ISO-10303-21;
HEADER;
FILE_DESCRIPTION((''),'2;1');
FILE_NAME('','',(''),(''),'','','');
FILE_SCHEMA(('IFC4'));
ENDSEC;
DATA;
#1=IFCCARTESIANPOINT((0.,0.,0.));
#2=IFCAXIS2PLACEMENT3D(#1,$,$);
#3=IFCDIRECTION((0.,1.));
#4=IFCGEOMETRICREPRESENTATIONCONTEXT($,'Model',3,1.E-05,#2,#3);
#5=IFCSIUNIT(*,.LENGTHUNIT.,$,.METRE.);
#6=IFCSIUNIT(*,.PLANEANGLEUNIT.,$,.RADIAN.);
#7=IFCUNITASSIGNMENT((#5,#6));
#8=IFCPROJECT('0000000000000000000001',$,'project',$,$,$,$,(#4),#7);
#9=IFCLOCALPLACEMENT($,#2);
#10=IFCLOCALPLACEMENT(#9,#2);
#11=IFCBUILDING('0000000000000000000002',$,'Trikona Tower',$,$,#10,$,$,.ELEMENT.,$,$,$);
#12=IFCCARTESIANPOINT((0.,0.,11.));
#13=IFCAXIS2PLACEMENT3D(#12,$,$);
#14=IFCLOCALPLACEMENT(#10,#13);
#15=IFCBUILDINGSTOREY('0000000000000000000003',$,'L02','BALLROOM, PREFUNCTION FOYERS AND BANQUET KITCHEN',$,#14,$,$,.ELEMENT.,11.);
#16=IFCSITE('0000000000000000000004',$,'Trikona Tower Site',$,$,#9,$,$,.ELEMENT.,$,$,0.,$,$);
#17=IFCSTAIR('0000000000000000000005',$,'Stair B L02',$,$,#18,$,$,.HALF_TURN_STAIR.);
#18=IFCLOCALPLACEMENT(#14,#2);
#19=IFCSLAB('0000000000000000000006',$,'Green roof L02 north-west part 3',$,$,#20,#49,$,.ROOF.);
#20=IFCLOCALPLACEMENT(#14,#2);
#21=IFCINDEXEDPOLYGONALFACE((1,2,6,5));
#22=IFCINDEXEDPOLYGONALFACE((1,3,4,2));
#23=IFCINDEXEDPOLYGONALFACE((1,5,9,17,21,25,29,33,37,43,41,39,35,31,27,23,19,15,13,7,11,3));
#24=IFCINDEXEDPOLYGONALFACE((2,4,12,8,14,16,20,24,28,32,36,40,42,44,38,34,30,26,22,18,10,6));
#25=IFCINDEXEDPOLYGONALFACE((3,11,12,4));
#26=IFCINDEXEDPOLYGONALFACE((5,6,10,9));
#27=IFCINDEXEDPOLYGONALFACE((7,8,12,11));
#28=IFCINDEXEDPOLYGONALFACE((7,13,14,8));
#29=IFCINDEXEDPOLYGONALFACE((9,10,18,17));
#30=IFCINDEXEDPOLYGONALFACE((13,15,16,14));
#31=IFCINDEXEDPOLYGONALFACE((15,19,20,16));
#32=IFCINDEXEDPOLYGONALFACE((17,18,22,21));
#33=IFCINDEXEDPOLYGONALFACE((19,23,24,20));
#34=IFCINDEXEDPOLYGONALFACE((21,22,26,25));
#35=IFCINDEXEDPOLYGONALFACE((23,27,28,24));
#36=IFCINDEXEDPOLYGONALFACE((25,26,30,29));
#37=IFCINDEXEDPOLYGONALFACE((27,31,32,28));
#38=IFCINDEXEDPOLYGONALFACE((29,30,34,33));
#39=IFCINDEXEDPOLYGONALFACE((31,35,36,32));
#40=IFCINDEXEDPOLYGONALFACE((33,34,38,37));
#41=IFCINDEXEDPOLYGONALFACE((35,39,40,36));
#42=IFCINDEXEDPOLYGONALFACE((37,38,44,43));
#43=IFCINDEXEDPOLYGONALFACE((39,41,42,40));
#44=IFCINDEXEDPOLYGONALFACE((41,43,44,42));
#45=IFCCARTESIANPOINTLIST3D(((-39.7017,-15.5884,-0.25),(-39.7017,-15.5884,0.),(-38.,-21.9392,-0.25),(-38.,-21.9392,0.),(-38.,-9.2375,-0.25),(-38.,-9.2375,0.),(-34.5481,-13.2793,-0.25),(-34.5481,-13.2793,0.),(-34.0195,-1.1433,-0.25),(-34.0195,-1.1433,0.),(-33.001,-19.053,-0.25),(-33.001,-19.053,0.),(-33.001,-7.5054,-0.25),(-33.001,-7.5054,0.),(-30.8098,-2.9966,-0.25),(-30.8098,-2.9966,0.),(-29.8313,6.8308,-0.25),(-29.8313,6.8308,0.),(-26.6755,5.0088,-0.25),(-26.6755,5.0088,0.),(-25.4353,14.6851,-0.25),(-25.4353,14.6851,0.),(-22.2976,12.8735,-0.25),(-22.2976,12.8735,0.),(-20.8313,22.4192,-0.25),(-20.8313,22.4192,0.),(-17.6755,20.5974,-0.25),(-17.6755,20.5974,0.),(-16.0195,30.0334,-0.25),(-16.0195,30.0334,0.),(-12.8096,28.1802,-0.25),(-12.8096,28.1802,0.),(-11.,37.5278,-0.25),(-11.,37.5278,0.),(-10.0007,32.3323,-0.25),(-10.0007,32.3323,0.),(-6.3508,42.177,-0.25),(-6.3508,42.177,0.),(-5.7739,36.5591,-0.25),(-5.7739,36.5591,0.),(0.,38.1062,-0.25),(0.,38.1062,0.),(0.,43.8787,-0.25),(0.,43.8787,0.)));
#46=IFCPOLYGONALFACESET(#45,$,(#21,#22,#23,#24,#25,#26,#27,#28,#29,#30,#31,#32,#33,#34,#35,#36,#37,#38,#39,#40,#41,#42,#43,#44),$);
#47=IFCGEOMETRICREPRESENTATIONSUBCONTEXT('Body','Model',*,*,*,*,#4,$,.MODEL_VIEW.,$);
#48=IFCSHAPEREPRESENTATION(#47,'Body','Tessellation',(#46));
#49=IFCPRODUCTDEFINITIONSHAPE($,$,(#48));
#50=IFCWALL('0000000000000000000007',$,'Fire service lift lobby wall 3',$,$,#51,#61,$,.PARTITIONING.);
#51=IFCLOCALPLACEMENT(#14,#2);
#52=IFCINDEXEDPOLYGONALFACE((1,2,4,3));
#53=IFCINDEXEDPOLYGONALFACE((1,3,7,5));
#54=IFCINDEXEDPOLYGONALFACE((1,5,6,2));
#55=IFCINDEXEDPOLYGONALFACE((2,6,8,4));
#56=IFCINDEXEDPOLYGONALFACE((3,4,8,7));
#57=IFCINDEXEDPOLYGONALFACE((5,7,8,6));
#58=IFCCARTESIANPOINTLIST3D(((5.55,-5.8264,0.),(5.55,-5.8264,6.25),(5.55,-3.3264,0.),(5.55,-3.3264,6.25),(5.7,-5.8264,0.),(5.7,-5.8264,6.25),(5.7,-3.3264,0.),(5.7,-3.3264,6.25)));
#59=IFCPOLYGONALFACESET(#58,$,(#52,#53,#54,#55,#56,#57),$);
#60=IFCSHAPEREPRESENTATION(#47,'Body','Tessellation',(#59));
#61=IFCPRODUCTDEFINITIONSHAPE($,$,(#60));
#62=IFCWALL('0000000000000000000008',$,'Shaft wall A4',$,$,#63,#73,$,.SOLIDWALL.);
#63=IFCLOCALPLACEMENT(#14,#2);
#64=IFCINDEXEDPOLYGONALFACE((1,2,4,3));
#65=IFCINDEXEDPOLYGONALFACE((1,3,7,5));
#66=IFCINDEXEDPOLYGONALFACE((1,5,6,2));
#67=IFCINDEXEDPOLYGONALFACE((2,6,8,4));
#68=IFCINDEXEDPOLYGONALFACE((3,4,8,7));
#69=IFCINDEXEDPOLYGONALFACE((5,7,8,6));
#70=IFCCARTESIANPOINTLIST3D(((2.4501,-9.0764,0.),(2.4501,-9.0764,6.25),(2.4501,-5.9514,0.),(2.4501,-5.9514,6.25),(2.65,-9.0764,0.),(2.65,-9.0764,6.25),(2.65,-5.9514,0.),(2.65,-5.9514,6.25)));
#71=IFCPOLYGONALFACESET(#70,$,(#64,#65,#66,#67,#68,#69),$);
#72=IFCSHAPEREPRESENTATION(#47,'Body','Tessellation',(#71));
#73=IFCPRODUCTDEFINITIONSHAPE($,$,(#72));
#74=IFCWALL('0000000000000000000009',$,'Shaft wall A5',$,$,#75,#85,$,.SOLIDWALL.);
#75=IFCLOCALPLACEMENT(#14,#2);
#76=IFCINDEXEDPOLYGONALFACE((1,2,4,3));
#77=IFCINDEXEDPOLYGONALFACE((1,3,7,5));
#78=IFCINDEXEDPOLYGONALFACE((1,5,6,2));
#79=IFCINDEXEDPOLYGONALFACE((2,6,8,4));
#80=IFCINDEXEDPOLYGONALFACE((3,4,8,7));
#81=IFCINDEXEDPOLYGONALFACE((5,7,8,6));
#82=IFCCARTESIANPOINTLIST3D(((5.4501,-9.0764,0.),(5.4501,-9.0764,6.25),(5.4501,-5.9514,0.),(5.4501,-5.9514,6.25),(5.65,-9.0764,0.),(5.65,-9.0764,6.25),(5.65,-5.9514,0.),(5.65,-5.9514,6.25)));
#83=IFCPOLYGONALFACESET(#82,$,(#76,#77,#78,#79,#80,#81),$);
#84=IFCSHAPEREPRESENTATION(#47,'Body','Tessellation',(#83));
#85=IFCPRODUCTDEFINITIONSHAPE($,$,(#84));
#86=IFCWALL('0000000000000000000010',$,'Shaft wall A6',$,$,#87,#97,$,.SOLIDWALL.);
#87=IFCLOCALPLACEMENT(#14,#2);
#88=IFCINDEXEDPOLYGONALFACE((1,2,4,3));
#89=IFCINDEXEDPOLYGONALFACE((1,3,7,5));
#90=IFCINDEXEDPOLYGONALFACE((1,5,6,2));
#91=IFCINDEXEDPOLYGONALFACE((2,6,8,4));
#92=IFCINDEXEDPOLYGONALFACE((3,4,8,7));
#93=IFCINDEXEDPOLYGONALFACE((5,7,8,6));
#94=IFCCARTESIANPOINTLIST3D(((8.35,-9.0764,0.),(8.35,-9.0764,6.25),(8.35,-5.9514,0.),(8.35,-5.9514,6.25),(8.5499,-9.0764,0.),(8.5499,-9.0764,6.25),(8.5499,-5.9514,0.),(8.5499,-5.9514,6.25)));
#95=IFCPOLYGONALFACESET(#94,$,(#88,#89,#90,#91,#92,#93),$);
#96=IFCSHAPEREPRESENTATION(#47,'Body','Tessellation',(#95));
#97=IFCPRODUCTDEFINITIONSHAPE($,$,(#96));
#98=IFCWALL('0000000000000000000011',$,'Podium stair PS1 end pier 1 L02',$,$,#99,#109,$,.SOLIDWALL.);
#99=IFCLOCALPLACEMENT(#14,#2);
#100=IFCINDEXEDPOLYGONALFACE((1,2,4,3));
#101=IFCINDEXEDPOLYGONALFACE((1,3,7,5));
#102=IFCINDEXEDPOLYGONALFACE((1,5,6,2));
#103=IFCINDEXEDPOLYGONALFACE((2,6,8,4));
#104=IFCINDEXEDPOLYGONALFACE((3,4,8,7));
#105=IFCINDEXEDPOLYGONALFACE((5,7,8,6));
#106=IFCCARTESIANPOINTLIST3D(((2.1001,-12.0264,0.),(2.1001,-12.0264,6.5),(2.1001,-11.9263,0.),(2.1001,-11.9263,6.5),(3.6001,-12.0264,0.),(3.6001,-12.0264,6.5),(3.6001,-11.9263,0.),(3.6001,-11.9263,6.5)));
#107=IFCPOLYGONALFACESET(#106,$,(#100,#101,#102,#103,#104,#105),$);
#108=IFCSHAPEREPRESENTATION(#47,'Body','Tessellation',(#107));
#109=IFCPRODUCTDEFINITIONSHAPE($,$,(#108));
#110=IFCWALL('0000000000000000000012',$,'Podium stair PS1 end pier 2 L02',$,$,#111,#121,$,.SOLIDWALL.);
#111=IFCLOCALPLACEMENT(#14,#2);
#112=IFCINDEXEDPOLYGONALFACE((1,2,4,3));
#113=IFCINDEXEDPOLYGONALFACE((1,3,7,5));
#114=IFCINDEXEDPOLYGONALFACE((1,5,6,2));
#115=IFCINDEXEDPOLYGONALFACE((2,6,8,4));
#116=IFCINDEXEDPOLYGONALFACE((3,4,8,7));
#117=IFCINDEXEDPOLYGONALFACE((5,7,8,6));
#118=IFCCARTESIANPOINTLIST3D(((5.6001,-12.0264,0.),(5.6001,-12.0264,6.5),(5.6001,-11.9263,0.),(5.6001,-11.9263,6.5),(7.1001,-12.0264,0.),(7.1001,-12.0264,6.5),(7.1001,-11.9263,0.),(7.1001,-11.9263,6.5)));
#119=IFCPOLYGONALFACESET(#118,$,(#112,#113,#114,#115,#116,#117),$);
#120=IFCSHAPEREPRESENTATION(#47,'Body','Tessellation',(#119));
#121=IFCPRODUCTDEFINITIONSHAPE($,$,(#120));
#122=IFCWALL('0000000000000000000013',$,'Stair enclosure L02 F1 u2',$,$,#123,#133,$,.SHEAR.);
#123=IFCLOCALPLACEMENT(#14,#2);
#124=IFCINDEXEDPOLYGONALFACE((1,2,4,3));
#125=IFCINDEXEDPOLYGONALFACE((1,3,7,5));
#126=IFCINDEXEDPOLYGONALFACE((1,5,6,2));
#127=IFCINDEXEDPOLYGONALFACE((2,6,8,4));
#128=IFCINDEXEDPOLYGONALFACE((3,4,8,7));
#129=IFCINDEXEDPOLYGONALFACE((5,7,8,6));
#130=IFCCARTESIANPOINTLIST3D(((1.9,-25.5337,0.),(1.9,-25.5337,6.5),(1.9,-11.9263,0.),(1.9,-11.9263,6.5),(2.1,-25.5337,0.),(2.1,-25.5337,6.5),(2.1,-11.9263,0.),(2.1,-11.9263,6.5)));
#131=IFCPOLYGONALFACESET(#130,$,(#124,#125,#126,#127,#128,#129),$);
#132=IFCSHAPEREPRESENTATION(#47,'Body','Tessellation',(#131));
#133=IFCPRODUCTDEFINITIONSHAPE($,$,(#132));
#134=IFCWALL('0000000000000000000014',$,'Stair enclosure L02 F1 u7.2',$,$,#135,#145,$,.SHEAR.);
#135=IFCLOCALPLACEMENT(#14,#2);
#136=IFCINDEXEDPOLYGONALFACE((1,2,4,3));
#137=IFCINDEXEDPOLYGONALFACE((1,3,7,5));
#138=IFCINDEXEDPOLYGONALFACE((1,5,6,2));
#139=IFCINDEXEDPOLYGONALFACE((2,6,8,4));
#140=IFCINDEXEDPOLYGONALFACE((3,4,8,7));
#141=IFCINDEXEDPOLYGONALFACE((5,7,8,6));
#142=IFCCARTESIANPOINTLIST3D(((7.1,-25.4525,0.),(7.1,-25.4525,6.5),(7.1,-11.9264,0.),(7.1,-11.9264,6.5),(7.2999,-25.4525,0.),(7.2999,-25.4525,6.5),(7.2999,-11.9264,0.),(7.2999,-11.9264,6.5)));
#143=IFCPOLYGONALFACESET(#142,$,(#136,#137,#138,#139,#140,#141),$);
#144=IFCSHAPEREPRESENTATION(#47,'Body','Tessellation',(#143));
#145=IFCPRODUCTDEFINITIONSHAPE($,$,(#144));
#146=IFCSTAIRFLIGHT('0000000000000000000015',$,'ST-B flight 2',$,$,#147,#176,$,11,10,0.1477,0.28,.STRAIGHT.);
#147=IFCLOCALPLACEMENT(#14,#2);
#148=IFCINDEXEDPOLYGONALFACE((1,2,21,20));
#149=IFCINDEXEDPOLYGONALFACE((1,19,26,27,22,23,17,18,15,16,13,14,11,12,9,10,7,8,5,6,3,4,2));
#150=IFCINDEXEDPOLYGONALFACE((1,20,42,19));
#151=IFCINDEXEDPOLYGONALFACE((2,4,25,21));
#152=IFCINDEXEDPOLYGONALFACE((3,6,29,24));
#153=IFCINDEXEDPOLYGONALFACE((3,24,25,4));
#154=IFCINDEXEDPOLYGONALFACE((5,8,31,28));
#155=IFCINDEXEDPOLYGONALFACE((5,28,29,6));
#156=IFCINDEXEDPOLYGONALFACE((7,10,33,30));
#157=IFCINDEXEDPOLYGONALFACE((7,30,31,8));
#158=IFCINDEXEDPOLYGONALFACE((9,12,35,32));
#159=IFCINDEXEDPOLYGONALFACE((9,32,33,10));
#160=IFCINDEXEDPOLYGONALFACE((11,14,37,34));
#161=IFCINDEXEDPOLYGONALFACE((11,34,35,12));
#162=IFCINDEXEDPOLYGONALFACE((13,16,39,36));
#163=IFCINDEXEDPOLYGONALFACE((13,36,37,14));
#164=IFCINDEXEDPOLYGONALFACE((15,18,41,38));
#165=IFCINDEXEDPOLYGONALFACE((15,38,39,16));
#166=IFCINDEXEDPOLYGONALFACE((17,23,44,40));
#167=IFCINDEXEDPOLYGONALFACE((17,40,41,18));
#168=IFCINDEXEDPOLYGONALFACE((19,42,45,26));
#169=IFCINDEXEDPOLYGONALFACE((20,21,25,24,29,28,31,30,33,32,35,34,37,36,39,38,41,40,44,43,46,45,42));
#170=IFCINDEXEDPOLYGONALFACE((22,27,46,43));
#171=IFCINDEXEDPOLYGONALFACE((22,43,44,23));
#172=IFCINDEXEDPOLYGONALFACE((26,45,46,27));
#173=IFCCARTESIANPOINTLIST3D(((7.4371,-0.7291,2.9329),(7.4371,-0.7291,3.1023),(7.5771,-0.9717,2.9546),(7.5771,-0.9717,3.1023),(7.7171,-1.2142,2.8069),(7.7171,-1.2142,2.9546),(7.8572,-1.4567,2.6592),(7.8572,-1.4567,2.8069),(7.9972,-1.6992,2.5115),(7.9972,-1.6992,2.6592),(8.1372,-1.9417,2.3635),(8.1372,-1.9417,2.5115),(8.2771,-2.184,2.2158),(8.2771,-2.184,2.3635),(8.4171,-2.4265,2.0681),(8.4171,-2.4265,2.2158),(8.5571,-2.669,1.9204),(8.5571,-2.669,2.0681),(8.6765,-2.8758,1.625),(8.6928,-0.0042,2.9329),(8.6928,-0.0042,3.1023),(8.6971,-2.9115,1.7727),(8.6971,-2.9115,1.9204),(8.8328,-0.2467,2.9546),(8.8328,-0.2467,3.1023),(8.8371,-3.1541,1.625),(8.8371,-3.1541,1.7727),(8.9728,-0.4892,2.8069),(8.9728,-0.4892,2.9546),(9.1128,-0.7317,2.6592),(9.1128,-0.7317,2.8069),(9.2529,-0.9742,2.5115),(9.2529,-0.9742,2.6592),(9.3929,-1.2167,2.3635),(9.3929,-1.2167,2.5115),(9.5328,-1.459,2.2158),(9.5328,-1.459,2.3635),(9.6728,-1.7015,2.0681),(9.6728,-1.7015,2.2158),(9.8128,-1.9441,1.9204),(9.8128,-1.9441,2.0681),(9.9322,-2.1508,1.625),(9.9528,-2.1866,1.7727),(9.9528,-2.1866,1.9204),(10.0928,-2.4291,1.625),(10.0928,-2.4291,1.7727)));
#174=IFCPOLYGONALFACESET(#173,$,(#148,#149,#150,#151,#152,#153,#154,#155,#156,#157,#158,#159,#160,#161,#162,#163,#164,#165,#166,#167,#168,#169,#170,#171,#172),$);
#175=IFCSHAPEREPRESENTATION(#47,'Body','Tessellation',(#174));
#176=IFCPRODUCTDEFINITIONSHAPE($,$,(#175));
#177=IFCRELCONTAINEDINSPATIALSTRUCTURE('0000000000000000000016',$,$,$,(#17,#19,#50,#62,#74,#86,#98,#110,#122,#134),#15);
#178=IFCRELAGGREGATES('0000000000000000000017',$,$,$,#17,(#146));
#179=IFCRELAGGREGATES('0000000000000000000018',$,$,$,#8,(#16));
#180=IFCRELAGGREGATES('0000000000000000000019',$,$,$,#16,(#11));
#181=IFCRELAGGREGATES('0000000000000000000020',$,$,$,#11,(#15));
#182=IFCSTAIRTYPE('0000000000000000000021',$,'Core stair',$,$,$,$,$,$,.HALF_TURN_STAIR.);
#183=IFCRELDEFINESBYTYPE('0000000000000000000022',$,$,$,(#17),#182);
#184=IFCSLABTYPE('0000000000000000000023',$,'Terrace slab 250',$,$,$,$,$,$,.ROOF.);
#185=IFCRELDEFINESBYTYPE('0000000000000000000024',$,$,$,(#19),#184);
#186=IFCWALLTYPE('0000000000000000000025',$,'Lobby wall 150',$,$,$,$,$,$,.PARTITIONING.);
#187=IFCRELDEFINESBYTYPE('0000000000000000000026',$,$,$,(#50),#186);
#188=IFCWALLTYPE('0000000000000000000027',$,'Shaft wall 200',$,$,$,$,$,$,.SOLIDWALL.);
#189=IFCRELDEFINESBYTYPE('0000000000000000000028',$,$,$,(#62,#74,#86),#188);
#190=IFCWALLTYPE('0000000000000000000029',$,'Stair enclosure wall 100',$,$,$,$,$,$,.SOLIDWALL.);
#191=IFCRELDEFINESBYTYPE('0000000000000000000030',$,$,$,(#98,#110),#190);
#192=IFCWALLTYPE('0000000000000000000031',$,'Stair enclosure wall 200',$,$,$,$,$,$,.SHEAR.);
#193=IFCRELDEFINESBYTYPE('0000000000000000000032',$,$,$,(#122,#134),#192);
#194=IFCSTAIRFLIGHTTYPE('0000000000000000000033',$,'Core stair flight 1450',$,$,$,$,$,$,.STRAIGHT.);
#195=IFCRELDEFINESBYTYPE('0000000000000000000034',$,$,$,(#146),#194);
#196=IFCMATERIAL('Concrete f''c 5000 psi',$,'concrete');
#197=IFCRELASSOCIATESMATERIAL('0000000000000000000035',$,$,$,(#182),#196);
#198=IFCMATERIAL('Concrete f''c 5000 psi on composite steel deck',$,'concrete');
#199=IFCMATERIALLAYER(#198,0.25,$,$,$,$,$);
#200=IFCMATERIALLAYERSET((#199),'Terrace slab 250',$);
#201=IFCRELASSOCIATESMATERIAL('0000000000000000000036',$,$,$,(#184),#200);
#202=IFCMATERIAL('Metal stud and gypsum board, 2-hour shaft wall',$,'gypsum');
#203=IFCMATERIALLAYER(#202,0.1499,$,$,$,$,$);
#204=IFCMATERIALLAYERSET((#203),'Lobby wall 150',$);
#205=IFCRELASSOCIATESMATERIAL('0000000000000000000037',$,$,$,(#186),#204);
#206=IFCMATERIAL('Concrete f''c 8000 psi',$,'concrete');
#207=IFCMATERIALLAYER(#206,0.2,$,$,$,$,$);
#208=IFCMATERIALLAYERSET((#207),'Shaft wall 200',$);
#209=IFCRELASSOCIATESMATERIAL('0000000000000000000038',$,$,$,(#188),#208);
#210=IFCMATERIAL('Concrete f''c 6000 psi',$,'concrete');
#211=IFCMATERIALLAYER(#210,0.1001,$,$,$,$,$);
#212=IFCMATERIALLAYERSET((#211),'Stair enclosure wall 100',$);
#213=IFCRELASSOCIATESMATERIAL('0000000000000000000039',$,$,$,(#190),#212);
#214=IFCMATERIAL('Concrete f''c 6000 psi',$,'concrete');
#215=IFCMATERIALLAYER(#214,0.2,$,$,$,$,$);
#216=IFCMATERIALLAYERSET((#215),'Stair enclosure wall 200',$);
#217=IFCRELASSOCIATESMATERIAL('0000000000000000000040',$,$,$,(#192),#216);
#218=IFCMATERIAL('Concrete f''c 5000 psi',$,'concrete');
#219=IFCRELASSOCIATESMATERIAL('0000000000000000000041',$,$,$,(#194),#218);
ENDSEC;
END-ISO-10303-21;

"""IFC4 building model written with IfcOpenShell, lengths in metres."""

from ifc_helpers import new_model, si_unit, direction, frame, frame_2d, origin, place, context, subcontext, project, spatial, polyline, rectangle, outline, extrude, material, layer, layer_set, type_object, element, aggregate, save


model = new_model("IFC4")

# Units and contexts
model_context = context("Model", 3, precision=1e-05, world=origin(), true_north=direction((0.0, 1.0)))
body_context = subcontext(model_context, "Body", "Model", "MODEL_VIEW")
ifc_project = project(units=[si_unit("LENGTHUNIT", "METRE"), si_unit("PLANEANGLEUNIT", "RADIAN")], contexts=[model_context])

# Site, building, storey
site_placement = place(None, origin())
site = spatial("IfcSite", under=ifc_project, at=site_placement, Name="Trikona Tower Site", CompositionType="ELEMENT", RefElevation=0.0)
building_placement = place(site_placement, origin())
building = spatial("IfcBuilding", under=site, at=building_placement, Name="Trikona Tower", CompositionType="ELEMENT")
storey_placement = place(building_placement, frame((0.0, 0.0, 11.0)))
storey = spatial("IfcBuildingStorey", under=building, at=storey_placement, Name="L02", Description="BALLROOM, PREFUNCTION FOYERS AND BANQUET KITCHEN", CompositionType="ELEMENT", Elevation=11.0)

# Stair
ifc_material_1 = material(Name="Concrete f'c 5000 psi", Category="concrete")
stair_type_1 = type_object("IfcStairType", Name="Core stair", PredefinedType="HALF_TURN_STAIR", material=ifc_material_1)
stair_1_placement = place(storey_placement, origin())
stair_1 = element("IfcStair", 1, at=stair_1_placement, inside=storey, type_object=stair_type_1, Name="Stair B L02", PredefinedType="HALF_TURN_STAIR")

# Slab
ifc_material_2 = material(Name="Concrete f'c 5000 psi on composite steel deck", Category="concrete")
ifc_layer_1 = layer(ifc_material_2, 0.25)
ifc_layer_set_1 = layer_set([ifc_layer_1], Name="Terrace slab 250")
slab_type_1 = type_object("IfcSlabType", Name="Terrace slab 250", PredefinedType="ROOF", material=ifc_layer_set_1)
slab_1_placement = place(storey_placement, frame((0.0, 0.0, -0.25)))
element("IfcSlab", 2, at=slab_1_placement, inside=storey, type_object=slab_type_1, Name="Green roof L02 north-west part 3", PredefinedType="ROOF", context=body_context, shape_type="SweptSolid", body=[
    extrude(outline(polyline([(-38.0, -21.9392), (-33.001, -19.053), (-34.5481, -13.2793), (-33.001, -7.5054), (-30.8098, -2.9966), (-26.6755, 5.0088), (-22.2976, 12.8735), (-17.6755, 20.5974), (-12.8096, 28.1802), (-10.0007, 32.3323), (-5.7739, 36.5591), (0.0, 38.1062), (0.0, 43.8787), (-6.3508, 42.177), (-11.0, 37.5278), (-16.0195, 30.0334), (-20.8313, 22.4192), (-25.4353, 14.6851), (-29.8313, 6.8308), (-34.0195, -1.1433), (-38.0, -9.2375), (-39.7017, -15.5884), (-38.0, -21.9392)])), origin(), (0.0, 0.0, 1.0), 0.25),
])

# Walls
ifc_material_3 = material(Name="Metal stud and gypsum board, 2-hour shaft wall", Category="gypsum")
ifc_layer_2 = layer(ifc_material_3, 0.1499)
ifc_layer_set_2 = layer_set([ifc_layer_2], Name="Lobby wall 150")
wall_type_1 = type_object("IfcWallType", Name="Lobby wall 150", PredefinedType="PARTITIONING", material=ifc_layer_set_2)
wall_1_placement = place(storey_placement, frame((5.625, -5.8264, 0.0), z_axis=(0.0, 0.0, 1.0), x_axis=(0.0, 1.0, 0.0)))
element("IfcWall", 3, at=wall_1_placement, inside=storey, type_object=wall_type_1, Name="Fire service lift lobby wall 3", PredefinedType="PARTITIONING", context=body_context, shape_type="SweptSolid", body=[
    extrude(rectangle(XDim=2.5, YDim=0.1499, at=frame_2d((1.25, 0.0))), origin(), (0.0, 0.0, 1.0), 6.25),
])
ifc_material_4 = material(Name="Concrete f'c 8000 psi", Category="concrete")
ifc_layer_3 = layer(ifc_material_4, 0.2)
ifc_layer_set_3 = layer_set([ifc_layer_3], Name="Shaft wall 200")
wall_type_2 = type_object("IfcWallType", Name="Shaft wall 200", PredefinedType="SOLIDWALL", material=ifc_layer_set_3)
for number, where, z_axis, x_axis, name in (
    (4, (2.55, -5.9514, 0.0), (0.0, 0.0, 1.0), (0.0, -1.0, 0.0), "Shaft wall A4"),
    (5, (5.55, -5.9514, 0.0), (0.0, 0.0, 1.0), (0.0, -1.0, 0.0), "Shaft wall A5"),
    (6, (8.45, -5.9514, 0.0), (0.0, 0.0, 1.0), (0.0, -1.0, 0.0), "Shaft wall A6"),
):
    element("IfcWall", number, at=place(storey_placement, frame(where, z_axis=z_axis, x_axis=x_axis)), inside=storey, type_object=wall_type_2, Name=name, PredefinedType="SOLIDWALL", context=body_context, shape_type="SweptSolid", body=[
        extrude(rectangle(XDim=3.125, YDim=0.2, at=frame_2d((1.5625, 0.0))), origin(), (0.0, 0.0, 1.0), 6.25),
    ])
ifc_material_5 = material(Name="Concrete f'c 6000 psi", Category="concrete")
ifc_layer_4 = layer(ifc_material_5, 0.1001)
ifc_layer_set_4 = layer_set([ifc_layer_4], Name="Stair enclosure wall 100")
wall_type_3 = type_object("IfcWallType", Name="Stair enclosure wall 100", PredefinedType="SOLIDWALL", material=ifc_layer_set_4)
for number, where, z_axis, x_axis, name in (
    (7, (2.1001, -11.9763, 0.0), (0.0, 0.0, 1.0), (1.0, 0.0, 0.0), "Podium stair PS1 end pier 1 L02"),
    (8, (5.6001, -11.9763, 0.0), (0.0, 0.0, 1.0), (1.0, 0.0, 0.0), "Podium stair PS1 end pier 2 L02"),
):
    element("IfcWall", number, at=place(storey_placement, frame(where, z_axis=z_axis, x_axis=x_axis)), inside=storey, type_object=wall_type_3, Name=name, PredefinedType="SOLIDWALL", context=body_context, shape_type="SweptSolid", body=[
        extrude(rectangle(XDim=1.5, YDim=0.1001, at=frame_2d((0.75, 0.0))), origin(), (0.0, 0.0, 1.0), 6.5),
    ])
ifc_material_6 = material(Name="Concrete f'c 6000 psi", Category="concrete")
ifc_layer_5 = layer(ifc_material_6, 0.2)
ifc_layer_set_5 = layer_set([ifc_layer_5], Name="Stair enclosure wall 200")
wall_type_4 = type_object("IfcWallType", Name="Stair enclosure wall 200", PredefinedType="SHEAR", material=ifc_layer_set_5)
wall_2_placement = place(storey_placement, frame((2.0, -11.9263, 0.0), z_axis=(0.0, 0.0, 1.0), x_axis=(0.0, -1.0, 0.0)))
element("IfcWall", 9, at=wall_2_placement, inside=storey, type_object=wall_type_4, Name="Stair enclosure L02 F1 u2", PredefinedType="SHEAR", context=body_context, shape_type="SweptSolid", body=[
    extrude(rectangle(XDim=13.6074, YDim=0.2, at=frame_2d((6.8037, 0.0))), origin(), (0.0, 0.0, 1.0), 6.5),
])
wall_3_placement = place(storey_placement, frame((7.2, -11.9263, 0.0), z_axis=(0.0, 0.0, 1.0), x_axis=(0.0, -1.0, 0.0)))
element("IfcWall", 10, at=wall_3_placement, inside=storey, type_object=wall_type_4, Name="Stair enclosure L02 F1 u7.2", PredefinedType="SHEAR", context=body_context, shape_type="SweptSolid", body=[
    extrude(rectangle(XDim=13.5261, YDim=0.2, at=frame_2d((6.7632, 0.0))), origin(), (0.0, 0.0, 1.0), 6.5),
])

# Stair flight
ifc_material_7 = material(Name="Concrete f'c 5000 psi", Category="concrete")
stair_flight_type = type_object("IfcStairFlightType", Name="Core stair flight 1450", PredefinedType="STRAIGHT", material=ifc_material_7)
stair_flight_placement = place(storey_placement, frame((9.4651, -2.7915, 1.625), z_axis=(0.0, 0.0, 1.0), x_axis=(-0.5, 0.866025, 0.0)))
stair_flight = element("IfcStairFlight", 11, at=stair_flight_placement, type_object=stair_flight_type, Name="ST-B flight 2", NumberOfRisers=11, NumberOfTreads=10, PredefinedType="STRAIGHT", RiserHeight=0.1477, TreadLength=0.28, context=body_context, shape_type="SweptSolid", body=[
    extrude(outline(polyline([(0.0, 0.0), (0.0, 0.1477), (0.28, 0.1477), (0.28, 0.2954), (0.5601, 0.2954), (0.5601, 0.4431), (0.8401, 0.4431), (0.8401, 0.5908), (1.1201, 0.5908), (1.1201, 0.7385), (1.3999, 0.7385), (1.3999, 0.8865), (1.6799, 0.8865), (1.6799, 1.0342), (1.96, 1.0342), (1.96, 1.1819), (2.24, 1.1819), (2.24, 1.3296), (2.52, 1.3296), (2.52, 1.4773), (2.8, 1.4773), (2.8, 1.625), (2.8, 1.3079), (0.3213, 0.0), (0.0, 0.0)])), frame((0.0, 0.7251, 0.0), z_axis=(0.0, -1.0, 0.0), x_axis=(1.0, 0.0, 0.0)), (0.0, 0.0, 1.0), 1.45),
])
aggregate(stair_1, [stair_flight])

save(model, "model.ifc")
